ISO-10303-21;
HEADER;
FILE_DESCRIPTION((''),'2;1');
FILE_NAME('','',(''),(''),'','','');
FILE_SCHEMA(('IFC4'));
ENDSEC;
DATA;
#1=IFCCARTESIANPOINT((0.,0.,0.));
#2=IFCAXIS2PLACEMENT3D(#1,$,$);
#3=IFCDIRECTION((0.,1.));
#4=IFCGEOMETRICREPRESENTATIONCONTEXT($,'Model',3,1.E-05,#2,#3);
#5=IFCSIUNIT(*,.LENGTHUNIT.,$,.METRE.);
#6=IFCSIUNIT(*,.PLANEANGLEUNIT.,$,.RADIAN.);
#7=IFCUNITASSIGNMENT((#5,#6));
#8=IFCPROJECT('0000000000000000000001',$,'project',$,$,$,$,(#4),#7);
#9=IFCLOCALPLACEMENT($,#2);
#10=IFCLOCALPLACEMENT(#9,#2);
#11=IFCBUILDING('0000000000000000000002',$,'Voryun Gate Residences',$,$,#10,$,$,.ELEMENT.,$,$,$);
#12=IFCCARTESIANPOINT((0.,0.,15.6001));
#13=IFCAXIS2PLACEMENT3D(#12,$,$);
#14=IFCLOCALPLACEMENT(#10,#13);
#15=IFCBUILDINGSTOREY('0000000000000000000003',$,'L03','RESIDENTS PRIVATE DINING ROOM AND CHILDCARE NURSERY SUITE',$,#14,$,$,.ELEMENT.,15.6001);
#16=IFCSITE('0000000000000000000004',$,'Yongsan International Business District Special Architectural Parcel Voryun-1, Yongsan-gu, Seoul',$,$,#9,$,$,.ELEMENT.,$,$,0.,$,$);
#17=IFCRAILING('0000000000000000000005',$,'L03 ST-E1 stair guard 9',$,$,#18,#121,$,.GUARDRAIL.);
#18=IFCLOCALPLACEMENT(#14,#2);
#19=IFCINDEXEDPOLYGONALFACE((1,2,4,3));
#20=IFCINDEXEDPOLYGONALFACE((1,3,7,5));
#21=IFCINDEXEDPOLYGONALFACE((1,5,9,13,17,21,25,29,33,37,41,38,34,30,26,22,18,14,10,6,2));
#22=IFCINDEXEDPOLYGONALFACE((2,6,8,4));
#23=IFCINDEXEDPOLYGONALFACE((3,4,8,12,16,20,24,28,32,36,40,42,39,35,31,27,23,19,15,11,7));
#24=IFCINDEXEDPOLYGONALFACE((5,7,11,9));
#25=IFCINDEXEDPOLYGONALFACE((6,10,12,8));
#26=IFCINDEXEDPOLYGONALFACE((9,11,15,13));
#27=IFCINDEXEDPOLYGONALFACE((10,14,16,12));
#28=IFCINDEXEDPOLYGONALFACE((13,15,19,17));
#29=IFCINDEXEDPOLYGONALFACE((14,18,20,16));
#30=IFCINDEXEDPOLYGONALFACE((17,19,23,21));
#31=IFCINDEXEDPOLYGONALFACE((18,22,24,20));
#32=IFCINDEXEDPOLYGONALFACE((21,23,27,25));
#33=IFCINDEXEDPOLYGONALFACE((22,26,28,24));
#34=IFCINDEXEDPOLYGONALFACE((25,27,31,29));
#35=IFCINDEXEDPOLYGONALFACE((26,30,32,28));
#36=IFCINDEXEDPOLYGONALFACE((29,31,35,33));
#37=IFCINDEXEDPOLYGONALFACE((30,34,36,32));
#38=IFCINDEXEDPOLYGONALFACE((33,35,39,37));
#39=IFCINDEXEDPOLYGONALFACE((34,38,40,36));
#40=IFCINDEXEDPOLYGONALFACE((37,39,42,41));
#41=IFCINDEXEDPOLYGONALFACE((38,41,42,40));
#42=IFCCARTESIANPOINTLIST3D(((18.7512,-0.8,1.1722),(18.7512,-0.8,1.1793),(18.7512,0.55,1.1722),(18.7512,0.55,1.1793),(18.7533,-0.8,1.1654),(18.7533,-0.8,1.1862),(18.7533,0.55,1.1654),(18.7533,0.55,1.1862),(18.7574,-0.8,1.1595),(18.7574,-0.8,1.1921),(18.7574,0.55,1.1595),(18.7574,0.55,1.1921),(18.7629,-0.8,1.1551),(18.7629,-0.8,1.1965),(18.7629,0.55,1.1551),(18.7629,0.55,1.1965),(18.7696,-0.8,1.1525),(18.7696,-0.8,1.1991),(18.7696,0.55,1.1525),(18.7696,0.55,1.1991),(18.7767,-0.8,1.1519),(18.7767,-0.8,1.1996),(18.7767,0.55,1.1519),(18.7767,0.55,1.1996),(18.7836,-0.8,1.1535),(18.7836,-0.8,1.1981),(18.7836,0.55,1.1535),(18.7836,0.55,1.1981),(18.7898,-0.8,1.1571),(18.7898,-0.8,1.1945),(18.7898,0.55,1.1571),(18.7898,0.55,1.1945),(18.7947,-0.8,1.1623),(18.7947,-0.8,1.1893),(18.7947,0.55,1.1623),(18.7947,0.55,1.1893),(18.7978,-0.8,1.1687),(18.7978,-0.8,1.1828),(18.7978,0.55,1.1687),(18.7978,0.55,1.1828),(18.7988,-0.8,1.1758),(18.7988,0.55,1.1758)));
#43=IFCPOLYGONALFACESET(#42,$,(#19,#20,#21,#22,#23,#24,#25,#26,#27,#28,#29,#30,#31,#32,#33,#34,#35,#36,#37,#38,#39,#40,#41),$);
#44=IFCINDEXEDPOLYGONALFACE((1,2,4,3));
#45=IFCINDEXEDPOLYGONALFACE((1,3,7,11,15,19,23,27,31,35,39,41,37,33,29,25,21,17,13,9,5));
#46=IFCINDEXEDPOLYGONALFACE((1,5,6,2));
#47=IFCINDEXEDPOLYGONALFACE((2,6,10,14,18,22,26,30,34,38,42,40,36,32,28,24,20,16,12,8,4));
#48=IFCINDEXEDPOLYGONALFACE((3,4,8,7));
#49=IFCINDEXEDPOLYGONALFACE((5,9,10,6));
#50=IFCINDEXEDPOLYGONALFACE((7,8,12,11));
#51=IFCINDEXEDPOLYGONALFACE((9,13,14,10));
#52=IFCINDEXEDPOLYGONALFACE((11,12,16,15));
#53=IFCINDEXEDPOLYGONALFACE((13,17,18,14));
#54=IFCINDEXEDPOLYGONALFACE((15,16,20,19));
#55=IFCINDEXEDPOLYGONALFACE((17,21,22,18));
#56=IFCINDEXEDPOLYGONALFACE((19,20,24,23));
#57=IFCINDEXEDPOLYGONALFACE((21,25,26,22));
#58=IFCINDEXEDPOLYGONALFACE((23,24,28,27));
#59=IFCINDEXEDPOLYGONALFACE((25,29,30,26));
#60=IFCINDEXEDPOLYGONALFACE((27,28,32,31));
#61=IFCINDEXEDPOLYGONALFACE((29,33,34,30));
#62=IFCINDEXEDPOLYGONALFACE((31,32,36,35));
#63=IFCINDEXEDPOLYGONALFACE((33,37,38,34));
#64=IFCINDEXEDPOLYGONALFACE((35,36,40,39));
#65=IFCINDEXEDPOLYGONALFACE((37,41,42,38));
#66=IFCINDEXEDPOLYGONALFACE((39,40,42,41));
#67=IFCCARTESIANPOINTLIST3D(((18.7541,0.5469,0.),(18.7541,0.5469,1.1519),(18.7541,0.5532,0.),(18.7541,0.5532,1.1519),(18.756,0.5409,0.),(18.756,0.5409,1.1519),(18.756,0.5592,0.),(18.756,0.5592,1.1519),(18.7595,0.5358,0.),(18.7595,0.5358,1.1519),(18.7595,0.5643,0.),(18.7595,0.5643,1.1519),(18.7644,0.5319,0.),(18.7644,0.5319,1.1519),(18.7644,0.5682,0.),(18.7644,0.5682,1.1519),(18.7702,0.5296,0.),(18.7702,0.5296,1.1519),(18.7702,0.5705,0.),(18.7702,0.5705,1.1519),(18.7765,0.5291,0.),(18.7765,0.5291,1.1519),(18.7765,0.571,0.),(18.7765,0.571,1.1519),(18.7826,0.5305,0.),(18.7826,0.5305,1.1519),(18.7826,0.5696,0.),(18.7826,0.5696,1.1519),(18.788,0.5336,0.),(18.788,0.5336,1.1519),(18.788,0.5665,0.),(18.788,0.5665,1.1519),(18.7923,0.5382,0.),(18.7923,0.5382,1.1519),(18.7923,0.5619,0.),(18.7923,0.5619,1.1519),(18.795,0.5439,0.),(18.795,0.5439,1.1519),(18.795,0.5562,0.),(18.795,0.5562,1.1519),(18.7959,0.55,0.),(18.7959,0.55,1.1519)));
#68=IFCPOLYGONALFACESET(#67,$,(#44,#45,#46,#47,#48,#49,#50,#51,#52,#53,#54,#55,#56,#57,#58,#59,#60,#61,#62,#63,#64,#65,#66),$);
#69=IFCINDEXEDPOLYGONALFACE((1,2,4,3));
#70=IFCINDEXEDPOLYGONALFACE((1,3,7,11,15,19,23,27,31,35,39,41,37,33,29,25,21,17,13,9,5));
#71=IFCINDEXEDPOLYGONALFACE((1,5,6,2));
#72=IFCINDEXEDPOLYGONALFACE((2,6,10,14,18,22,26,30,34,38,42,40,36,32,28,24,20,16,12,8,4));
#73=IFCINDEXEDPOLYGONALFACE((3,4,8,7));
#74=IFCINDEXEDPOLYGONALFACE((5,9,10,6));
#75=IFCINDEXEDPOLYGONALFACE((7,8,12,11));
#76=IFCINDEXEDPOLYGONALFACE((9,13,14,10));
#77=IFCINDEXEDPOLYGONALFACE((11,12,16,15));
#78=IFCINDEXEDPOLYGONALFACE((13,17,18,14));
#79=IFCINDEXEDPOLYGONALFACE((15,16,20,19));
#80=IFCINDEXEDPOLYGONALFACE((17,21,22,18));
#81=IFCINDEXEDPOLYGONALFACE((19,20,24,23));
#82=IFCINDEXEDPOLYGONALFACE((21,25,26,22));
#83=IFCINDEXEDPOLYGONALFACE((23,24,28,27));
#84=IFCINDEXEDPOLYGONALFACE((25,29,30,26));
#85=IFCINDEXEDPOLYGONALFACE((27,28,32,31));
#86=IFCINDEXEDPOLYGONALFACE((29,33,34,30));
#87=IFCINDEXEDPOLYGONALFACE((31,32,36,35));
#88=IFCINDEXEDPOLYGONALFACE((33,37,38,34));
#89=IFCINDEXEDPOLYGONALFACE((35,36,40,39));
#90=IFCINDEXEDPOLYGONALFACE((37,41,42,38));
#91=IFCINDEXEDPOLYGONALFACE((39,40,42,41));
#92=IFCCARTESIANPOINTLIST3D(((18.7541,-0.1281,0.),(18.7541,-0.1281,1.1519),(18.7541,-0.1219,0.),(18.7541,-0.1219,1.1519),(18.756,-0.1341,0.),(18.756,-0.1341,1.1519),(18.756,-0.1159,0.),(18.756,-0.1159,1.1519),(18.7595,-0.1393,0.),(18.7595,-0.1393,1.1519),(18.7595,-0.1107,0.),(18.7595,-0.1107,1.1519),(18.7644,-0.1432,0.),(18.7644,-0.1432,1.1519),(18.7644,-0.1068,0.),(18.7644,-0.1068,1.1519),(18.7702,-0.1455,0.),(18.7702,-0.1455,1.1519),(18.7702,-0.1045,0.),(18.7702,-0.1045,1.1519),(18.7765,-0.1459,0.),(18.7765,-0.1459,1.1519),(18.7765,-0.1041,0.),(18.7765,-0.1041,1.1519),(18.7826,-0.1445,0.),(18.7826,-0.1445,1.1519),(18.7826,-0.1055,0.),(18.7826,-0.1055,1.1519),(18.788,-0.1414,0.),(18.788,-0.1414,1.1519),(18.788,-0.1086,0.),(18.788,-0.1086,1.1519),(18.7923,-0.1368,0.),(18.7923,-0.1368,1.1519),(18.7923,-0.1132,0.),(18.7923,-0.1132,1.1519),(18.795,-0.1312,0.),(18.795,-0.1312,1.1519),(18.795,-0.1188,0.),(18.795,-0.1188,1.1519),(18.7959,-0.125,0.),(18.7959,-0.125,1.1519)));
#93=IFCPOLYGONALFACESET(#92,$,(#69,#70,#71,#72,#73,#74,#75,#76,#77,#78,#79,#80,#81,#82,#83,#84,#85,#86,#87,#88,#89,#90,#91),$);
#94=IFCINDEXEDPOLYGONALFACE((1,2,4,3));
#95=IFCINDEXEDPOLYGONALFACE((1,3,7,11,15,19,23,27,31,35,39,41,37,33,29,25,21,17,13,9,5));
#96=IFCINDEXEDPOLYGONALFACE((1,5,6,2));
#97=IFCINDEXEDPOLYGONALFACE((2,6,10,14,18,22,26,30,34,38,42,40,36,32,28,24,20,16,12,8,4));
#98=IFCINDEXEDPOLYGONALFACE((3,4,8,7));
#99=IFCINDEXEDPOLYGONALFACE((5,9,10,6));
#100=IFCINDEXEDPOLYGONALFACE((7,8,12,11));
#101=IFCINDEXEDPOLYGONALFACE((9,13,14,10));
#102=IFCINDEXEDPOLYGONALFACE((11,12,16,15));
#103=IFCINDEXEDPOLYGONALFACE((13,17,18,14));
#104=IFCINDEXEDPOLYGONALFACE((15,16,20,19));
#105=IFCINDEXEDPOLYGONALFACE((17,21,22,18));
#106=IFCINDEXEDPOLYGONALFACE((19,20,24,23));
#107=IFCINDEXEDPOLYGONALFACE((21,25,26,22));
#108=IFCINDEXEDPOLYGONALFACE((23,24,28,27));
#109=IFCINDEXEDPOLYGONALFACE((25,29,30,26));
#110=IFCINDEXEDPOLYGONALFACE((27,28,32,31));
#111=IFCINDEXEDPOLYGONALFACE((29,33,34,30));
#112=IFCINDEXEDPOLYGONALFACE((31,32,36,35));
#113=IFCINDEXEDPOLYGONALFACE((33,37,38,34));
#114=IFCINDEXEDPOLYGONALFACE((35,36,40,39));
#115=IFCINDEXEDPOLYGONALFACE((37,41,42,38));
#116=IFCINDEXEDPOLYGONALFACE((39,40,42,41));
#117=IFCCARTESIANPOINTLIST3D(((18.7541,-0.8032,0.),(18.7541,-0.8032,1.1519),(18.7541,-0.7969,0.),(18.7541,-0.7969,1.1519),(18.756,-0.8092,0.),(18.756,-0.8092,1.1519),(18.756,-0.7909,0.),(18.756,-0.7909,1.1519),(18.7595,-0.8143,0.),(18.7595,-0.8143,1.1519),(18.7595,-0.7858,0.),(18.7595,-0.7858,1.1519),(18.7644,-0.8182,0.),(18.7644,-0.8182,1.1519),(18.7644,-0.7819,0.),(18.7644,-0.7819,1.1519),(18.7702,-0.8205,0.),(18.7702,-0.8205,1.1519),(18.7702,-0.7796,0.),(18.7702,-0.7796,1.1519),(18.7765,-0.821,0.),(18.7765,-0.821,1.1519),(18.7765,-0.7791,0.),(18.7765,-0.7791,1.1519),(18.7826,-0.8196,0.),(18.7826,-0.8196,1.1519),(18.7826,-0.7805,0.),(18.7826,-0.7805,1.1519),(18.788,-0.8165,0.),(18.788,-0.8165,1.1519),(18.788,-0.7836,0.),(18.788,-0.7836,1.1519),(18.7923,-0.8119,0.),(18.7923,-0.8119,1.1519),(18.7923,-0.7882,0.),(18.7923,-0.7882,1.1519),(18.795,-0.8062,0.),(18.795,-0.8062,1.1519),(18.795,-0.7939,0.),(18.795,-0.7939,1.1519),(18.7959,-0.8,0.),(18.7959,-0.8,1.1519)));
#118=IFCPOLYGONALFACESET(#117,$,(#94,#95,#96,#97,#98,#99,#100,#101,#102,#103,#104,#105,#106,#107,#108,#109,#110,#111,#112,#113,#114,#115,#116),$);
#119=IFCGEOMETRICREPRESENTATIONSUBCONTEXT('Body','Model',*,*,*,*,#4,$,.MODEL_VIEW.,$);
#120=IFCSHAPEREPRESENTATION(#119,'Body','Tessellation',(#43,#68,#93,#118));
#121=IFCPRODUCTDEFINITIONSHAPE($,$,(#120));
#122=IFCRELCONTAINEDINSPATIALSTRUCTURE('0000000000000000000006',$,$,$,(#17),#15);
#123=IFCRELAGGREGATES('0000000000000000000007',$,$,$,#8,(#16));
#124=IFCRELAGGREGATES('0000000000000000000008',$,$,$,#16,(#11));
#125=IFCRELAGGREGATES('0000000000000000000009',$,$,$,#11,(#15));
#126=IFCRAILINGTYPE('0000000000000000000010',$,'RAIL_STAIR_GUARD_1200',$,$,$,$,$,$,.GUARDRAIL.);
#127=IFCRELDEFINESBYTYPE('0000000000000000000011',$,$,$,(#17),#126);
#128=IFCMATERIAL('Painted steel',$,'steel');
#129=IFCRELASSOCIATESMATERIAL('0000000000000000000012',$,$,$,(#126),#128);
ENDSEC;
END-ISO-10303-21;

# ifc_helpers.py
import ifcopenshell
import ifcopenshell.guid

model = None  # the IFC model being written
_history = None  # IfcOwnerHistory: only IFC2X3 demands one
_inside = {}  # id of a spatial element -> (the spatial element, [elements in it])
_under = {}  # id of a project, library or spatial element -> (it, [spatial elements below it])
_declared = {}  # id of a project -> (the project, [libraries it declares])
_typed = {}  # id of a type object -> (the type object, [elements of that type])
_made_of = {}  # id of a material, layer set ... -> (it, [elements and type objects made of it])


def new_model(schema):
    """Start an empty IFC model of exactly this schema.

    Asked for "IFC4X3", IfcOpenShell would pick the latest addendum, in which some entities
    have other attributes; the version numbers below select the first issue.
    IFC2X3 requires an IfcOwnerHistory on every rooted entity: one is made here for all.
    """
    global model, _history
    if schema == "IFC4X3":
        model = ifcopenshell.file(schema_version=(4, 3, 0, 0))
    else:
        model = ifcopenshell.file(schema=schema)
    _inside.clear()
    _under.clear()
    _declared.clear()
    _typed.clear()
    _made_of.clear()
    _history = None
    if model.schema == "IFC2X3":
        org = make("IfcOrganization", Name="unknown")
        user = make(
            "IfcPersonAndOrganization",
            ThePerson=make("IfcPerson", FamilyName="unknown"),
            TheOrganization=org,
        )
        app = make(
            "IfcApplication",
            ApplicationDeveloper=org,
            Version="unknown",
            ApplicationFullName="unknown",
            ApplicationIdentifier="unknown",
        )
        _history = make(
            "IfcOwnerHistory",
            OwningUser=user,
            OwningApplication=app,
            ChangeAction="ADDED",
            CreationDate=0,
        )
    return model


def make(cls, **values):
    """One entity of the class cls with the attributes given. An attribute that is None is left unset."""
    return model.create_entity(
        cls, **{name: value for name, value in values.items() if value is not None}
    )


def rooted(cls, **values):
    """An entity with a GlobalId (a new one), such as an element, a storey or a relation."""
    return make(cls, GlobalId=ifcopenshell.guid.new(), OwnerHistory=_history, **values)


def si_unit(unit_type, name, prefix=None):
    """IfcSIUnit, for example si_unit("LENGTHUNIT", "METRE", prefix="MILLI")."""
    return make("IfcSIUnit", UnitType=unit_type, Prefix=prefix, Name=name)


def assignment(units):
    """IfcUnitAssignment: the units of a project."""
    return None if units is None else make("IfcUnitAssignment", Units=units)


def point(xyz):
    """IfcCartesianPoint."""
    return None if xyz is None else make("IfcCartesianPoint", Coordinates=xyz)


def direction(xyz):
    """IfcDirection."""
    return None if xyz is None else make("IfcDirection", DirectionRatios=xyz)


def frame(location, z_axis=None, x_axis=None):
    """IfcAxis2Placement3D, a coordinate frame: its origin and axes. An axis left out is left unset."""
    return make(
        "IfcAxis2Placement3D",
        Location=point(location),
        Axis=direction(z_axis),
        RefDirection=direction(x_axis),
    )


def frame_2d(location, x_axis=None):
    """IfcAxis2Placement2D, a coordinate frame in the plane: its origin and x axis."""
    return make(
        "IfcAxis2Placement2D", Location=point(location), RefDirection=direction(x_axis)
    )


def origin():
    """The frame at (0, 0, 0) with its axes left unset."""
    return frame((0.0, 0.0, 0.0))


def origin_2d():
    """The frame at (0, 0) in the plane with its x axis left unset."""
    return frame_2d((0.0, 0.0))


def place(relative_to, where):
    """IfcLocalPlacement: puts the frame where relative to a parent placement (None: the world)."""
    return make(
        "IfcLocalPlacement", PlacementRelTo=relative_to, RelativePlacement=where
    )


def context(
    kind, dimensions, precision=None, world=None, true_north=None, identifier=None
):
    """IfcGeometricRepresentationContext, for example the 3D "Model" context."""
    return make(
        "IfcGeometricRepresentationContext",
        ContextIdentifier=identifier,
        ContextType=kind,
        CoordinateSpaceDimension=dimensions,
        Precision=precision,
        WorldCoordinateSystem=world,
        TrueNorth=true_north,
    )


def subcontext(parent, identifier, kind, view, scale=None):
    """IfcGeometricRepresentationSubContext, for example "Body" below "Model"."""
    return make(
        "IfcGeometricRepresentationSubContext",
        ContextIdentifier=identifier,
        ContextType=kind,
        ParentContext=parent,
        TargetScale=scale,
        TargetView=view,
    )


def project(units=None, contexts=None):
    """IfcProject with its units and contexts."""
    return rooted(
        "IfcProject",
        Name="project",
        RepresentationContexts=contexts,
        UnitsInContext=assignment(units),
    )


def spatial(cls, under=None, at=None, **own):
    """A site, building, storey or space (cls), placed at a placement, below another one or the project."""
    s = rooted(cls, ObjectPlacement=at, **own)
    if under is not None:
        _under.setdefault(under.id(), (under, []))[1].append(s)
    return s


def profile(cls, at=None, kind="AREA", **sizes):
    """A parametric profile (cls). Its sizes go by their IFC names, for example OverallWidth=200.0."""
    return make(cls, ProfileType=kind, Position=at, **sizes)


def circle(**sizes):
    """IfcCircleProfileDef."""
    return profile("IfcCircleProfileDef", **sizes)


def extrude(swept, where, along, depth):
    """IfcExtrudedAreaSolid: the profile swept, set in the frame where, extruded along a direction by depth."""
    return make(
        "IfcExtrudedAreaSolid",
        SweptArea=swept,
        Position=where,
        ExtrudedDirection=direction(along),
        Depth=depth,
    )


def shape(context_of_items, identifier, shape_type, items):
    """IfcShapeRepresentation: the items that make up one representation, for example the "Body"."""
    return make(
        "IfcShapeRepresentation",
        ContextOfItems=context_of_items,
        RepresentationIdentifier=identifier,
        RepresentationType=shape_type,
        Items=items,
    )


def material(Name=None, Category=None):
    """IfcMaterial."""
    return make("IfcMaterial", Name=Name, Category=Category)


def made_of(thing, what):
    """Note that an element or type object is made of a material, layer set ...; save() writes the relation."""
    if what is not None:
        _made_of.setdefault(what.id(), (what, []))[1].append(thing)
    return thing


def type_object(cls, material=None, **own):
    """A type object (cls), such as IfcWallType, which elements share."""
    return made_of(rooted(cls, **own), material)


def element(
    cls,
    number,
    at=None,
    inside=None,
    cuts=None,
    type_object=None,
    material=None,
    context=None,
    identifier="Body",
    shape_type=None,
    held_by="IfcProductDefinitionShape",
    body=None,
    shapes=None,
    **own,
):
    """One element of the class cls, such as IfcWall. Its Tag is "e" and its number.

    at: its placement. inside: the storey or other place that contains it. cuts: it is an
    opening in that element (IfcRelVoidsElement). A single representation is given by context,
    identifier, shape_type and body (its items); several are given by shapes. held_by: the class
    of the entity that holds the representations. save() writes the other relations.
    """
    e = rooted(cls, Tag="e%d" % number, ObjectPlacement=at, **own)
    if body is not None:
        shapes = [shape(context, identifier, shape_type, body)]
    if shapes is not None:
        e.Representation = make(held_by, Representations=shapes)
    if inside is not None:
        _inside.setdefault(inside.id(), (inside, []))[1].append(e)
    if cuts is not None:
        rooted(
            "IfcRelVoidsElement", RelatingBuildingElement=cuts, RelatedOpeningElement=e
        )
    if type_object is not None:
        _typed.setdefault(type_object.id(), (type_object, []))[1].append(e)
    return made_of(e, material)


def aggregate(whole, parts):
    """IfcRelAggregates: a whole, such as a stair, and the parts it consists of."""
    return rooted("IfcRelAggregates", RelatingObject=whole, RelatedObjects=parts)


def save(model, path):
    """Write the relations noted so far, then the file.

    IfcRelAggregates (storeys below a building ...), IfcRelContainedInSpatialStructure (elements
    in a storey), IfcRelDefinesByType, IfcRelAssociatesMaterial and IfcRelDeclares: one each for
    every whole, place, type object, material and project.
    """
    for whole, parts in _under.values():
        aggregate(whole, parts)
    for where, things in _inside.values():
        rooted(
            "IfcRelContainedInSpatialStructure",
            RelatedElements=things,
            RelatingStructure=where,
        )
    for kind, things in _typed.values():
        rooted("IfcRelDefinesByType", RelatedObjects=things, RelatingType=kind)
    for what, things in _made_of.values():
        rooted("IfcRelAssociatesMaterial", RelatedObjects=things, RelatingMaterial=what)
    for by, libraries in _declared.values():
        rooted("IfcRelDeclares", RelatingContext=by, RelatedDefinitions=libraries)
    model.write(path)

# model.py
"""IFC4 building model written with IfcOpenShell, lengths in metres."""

from ifc_helpers import new_model, si_unit, direction, frame, origin, origin_2d, place, context, subcontext, project, spatial, circle, extrude, material, type_object, element, save


model = new_model("IFC4")

# Units and contexts
model_context = context("Model", 3, precision=1e-05, world=origin(), true_north=direction((0.0, 1.0)))
body_context = subcontext(model_context, "Body", "Model", "MODEL_VIEW")
ifc_project = project(units=[si_unit("LENGTHUNIT", "METRE"), si_unit("PLANEANGLEUNIT", "RADIAN")], contexts=[model_context])

# Site, building, storey
site_placement = place(None, origin())
site = spatial("IfcSite", under=ifc_project, at=site_placement, Name="Yongsan International Business District Special Architectural Parcel Voryun-1, Yongsan-gu, Seoul", CompositionType="ELEMENT", RefElevation=0.0)
building_placement = place(site_placement, origin())
building = spatial("IfcBuilding", under=site, at=building_placement, Name="Voryun Gate Residences", CompositionType="ELEMENT")
storey_placement = place(building_placement, frame((0.0, 0.0, 15.6001)))
storey = spatial("IfcBuildingStorey", under=building, at=storey_placement, Name="L03", Description="RESIDENTS PRIVATE DINING ROOM AND CHILDCARE NURSERY SUITE", CompositionType="ELEMENT", Elevation=15.6001)

# Railing
ifc_material_1 = material(Name="Painted steel", Category="steel")
railing_type_1 = type_object("IfcRailingType", Name="RAIL_STAIR_GUARD_1200", PredefinedType="GUARDRAIL", material=ifc_material_1)
for number, where, name in (
    (1, (18.7749, 0.55, 0.0), "L03 ST-E1 stair guard 9"),
):
    element("IfcRailing", number, at=place(storey_placement, frame(where)), inside=storey, type_object=railing_type_1, Name=name, PredefinedType="GUARDRAIL", context=body_context, shape_type="SweptSolid", body=[
        extrude(circle(Radius=0.0239, at=origin_2d()), frame((0.0, 0.0, 1.1758), z_axis=(0.0, -1.0, 0.0), x_axis=(1.0, 0.0, 0.0)), (0.0, 0.0, 1.0), 1.3501),
        extrude(circle(Radius=0.021, at=origin_2d()), origin(), (0.0, 0.0, 1.0), 1.1519),
        extrude(circle(Radius=0.021, at=origin_2d()), frame((0.0, -0.675, 0.0)), (0.0, 0.0, 1.0), 1.1519),
        extrude(circle(Radius=0.021, at=origin_2d()), frame((0.0, -1.3501, 0.0)), (0.0, 0.0, 1.0), 1.1519),
    ])

save(model, "model.ifc")
